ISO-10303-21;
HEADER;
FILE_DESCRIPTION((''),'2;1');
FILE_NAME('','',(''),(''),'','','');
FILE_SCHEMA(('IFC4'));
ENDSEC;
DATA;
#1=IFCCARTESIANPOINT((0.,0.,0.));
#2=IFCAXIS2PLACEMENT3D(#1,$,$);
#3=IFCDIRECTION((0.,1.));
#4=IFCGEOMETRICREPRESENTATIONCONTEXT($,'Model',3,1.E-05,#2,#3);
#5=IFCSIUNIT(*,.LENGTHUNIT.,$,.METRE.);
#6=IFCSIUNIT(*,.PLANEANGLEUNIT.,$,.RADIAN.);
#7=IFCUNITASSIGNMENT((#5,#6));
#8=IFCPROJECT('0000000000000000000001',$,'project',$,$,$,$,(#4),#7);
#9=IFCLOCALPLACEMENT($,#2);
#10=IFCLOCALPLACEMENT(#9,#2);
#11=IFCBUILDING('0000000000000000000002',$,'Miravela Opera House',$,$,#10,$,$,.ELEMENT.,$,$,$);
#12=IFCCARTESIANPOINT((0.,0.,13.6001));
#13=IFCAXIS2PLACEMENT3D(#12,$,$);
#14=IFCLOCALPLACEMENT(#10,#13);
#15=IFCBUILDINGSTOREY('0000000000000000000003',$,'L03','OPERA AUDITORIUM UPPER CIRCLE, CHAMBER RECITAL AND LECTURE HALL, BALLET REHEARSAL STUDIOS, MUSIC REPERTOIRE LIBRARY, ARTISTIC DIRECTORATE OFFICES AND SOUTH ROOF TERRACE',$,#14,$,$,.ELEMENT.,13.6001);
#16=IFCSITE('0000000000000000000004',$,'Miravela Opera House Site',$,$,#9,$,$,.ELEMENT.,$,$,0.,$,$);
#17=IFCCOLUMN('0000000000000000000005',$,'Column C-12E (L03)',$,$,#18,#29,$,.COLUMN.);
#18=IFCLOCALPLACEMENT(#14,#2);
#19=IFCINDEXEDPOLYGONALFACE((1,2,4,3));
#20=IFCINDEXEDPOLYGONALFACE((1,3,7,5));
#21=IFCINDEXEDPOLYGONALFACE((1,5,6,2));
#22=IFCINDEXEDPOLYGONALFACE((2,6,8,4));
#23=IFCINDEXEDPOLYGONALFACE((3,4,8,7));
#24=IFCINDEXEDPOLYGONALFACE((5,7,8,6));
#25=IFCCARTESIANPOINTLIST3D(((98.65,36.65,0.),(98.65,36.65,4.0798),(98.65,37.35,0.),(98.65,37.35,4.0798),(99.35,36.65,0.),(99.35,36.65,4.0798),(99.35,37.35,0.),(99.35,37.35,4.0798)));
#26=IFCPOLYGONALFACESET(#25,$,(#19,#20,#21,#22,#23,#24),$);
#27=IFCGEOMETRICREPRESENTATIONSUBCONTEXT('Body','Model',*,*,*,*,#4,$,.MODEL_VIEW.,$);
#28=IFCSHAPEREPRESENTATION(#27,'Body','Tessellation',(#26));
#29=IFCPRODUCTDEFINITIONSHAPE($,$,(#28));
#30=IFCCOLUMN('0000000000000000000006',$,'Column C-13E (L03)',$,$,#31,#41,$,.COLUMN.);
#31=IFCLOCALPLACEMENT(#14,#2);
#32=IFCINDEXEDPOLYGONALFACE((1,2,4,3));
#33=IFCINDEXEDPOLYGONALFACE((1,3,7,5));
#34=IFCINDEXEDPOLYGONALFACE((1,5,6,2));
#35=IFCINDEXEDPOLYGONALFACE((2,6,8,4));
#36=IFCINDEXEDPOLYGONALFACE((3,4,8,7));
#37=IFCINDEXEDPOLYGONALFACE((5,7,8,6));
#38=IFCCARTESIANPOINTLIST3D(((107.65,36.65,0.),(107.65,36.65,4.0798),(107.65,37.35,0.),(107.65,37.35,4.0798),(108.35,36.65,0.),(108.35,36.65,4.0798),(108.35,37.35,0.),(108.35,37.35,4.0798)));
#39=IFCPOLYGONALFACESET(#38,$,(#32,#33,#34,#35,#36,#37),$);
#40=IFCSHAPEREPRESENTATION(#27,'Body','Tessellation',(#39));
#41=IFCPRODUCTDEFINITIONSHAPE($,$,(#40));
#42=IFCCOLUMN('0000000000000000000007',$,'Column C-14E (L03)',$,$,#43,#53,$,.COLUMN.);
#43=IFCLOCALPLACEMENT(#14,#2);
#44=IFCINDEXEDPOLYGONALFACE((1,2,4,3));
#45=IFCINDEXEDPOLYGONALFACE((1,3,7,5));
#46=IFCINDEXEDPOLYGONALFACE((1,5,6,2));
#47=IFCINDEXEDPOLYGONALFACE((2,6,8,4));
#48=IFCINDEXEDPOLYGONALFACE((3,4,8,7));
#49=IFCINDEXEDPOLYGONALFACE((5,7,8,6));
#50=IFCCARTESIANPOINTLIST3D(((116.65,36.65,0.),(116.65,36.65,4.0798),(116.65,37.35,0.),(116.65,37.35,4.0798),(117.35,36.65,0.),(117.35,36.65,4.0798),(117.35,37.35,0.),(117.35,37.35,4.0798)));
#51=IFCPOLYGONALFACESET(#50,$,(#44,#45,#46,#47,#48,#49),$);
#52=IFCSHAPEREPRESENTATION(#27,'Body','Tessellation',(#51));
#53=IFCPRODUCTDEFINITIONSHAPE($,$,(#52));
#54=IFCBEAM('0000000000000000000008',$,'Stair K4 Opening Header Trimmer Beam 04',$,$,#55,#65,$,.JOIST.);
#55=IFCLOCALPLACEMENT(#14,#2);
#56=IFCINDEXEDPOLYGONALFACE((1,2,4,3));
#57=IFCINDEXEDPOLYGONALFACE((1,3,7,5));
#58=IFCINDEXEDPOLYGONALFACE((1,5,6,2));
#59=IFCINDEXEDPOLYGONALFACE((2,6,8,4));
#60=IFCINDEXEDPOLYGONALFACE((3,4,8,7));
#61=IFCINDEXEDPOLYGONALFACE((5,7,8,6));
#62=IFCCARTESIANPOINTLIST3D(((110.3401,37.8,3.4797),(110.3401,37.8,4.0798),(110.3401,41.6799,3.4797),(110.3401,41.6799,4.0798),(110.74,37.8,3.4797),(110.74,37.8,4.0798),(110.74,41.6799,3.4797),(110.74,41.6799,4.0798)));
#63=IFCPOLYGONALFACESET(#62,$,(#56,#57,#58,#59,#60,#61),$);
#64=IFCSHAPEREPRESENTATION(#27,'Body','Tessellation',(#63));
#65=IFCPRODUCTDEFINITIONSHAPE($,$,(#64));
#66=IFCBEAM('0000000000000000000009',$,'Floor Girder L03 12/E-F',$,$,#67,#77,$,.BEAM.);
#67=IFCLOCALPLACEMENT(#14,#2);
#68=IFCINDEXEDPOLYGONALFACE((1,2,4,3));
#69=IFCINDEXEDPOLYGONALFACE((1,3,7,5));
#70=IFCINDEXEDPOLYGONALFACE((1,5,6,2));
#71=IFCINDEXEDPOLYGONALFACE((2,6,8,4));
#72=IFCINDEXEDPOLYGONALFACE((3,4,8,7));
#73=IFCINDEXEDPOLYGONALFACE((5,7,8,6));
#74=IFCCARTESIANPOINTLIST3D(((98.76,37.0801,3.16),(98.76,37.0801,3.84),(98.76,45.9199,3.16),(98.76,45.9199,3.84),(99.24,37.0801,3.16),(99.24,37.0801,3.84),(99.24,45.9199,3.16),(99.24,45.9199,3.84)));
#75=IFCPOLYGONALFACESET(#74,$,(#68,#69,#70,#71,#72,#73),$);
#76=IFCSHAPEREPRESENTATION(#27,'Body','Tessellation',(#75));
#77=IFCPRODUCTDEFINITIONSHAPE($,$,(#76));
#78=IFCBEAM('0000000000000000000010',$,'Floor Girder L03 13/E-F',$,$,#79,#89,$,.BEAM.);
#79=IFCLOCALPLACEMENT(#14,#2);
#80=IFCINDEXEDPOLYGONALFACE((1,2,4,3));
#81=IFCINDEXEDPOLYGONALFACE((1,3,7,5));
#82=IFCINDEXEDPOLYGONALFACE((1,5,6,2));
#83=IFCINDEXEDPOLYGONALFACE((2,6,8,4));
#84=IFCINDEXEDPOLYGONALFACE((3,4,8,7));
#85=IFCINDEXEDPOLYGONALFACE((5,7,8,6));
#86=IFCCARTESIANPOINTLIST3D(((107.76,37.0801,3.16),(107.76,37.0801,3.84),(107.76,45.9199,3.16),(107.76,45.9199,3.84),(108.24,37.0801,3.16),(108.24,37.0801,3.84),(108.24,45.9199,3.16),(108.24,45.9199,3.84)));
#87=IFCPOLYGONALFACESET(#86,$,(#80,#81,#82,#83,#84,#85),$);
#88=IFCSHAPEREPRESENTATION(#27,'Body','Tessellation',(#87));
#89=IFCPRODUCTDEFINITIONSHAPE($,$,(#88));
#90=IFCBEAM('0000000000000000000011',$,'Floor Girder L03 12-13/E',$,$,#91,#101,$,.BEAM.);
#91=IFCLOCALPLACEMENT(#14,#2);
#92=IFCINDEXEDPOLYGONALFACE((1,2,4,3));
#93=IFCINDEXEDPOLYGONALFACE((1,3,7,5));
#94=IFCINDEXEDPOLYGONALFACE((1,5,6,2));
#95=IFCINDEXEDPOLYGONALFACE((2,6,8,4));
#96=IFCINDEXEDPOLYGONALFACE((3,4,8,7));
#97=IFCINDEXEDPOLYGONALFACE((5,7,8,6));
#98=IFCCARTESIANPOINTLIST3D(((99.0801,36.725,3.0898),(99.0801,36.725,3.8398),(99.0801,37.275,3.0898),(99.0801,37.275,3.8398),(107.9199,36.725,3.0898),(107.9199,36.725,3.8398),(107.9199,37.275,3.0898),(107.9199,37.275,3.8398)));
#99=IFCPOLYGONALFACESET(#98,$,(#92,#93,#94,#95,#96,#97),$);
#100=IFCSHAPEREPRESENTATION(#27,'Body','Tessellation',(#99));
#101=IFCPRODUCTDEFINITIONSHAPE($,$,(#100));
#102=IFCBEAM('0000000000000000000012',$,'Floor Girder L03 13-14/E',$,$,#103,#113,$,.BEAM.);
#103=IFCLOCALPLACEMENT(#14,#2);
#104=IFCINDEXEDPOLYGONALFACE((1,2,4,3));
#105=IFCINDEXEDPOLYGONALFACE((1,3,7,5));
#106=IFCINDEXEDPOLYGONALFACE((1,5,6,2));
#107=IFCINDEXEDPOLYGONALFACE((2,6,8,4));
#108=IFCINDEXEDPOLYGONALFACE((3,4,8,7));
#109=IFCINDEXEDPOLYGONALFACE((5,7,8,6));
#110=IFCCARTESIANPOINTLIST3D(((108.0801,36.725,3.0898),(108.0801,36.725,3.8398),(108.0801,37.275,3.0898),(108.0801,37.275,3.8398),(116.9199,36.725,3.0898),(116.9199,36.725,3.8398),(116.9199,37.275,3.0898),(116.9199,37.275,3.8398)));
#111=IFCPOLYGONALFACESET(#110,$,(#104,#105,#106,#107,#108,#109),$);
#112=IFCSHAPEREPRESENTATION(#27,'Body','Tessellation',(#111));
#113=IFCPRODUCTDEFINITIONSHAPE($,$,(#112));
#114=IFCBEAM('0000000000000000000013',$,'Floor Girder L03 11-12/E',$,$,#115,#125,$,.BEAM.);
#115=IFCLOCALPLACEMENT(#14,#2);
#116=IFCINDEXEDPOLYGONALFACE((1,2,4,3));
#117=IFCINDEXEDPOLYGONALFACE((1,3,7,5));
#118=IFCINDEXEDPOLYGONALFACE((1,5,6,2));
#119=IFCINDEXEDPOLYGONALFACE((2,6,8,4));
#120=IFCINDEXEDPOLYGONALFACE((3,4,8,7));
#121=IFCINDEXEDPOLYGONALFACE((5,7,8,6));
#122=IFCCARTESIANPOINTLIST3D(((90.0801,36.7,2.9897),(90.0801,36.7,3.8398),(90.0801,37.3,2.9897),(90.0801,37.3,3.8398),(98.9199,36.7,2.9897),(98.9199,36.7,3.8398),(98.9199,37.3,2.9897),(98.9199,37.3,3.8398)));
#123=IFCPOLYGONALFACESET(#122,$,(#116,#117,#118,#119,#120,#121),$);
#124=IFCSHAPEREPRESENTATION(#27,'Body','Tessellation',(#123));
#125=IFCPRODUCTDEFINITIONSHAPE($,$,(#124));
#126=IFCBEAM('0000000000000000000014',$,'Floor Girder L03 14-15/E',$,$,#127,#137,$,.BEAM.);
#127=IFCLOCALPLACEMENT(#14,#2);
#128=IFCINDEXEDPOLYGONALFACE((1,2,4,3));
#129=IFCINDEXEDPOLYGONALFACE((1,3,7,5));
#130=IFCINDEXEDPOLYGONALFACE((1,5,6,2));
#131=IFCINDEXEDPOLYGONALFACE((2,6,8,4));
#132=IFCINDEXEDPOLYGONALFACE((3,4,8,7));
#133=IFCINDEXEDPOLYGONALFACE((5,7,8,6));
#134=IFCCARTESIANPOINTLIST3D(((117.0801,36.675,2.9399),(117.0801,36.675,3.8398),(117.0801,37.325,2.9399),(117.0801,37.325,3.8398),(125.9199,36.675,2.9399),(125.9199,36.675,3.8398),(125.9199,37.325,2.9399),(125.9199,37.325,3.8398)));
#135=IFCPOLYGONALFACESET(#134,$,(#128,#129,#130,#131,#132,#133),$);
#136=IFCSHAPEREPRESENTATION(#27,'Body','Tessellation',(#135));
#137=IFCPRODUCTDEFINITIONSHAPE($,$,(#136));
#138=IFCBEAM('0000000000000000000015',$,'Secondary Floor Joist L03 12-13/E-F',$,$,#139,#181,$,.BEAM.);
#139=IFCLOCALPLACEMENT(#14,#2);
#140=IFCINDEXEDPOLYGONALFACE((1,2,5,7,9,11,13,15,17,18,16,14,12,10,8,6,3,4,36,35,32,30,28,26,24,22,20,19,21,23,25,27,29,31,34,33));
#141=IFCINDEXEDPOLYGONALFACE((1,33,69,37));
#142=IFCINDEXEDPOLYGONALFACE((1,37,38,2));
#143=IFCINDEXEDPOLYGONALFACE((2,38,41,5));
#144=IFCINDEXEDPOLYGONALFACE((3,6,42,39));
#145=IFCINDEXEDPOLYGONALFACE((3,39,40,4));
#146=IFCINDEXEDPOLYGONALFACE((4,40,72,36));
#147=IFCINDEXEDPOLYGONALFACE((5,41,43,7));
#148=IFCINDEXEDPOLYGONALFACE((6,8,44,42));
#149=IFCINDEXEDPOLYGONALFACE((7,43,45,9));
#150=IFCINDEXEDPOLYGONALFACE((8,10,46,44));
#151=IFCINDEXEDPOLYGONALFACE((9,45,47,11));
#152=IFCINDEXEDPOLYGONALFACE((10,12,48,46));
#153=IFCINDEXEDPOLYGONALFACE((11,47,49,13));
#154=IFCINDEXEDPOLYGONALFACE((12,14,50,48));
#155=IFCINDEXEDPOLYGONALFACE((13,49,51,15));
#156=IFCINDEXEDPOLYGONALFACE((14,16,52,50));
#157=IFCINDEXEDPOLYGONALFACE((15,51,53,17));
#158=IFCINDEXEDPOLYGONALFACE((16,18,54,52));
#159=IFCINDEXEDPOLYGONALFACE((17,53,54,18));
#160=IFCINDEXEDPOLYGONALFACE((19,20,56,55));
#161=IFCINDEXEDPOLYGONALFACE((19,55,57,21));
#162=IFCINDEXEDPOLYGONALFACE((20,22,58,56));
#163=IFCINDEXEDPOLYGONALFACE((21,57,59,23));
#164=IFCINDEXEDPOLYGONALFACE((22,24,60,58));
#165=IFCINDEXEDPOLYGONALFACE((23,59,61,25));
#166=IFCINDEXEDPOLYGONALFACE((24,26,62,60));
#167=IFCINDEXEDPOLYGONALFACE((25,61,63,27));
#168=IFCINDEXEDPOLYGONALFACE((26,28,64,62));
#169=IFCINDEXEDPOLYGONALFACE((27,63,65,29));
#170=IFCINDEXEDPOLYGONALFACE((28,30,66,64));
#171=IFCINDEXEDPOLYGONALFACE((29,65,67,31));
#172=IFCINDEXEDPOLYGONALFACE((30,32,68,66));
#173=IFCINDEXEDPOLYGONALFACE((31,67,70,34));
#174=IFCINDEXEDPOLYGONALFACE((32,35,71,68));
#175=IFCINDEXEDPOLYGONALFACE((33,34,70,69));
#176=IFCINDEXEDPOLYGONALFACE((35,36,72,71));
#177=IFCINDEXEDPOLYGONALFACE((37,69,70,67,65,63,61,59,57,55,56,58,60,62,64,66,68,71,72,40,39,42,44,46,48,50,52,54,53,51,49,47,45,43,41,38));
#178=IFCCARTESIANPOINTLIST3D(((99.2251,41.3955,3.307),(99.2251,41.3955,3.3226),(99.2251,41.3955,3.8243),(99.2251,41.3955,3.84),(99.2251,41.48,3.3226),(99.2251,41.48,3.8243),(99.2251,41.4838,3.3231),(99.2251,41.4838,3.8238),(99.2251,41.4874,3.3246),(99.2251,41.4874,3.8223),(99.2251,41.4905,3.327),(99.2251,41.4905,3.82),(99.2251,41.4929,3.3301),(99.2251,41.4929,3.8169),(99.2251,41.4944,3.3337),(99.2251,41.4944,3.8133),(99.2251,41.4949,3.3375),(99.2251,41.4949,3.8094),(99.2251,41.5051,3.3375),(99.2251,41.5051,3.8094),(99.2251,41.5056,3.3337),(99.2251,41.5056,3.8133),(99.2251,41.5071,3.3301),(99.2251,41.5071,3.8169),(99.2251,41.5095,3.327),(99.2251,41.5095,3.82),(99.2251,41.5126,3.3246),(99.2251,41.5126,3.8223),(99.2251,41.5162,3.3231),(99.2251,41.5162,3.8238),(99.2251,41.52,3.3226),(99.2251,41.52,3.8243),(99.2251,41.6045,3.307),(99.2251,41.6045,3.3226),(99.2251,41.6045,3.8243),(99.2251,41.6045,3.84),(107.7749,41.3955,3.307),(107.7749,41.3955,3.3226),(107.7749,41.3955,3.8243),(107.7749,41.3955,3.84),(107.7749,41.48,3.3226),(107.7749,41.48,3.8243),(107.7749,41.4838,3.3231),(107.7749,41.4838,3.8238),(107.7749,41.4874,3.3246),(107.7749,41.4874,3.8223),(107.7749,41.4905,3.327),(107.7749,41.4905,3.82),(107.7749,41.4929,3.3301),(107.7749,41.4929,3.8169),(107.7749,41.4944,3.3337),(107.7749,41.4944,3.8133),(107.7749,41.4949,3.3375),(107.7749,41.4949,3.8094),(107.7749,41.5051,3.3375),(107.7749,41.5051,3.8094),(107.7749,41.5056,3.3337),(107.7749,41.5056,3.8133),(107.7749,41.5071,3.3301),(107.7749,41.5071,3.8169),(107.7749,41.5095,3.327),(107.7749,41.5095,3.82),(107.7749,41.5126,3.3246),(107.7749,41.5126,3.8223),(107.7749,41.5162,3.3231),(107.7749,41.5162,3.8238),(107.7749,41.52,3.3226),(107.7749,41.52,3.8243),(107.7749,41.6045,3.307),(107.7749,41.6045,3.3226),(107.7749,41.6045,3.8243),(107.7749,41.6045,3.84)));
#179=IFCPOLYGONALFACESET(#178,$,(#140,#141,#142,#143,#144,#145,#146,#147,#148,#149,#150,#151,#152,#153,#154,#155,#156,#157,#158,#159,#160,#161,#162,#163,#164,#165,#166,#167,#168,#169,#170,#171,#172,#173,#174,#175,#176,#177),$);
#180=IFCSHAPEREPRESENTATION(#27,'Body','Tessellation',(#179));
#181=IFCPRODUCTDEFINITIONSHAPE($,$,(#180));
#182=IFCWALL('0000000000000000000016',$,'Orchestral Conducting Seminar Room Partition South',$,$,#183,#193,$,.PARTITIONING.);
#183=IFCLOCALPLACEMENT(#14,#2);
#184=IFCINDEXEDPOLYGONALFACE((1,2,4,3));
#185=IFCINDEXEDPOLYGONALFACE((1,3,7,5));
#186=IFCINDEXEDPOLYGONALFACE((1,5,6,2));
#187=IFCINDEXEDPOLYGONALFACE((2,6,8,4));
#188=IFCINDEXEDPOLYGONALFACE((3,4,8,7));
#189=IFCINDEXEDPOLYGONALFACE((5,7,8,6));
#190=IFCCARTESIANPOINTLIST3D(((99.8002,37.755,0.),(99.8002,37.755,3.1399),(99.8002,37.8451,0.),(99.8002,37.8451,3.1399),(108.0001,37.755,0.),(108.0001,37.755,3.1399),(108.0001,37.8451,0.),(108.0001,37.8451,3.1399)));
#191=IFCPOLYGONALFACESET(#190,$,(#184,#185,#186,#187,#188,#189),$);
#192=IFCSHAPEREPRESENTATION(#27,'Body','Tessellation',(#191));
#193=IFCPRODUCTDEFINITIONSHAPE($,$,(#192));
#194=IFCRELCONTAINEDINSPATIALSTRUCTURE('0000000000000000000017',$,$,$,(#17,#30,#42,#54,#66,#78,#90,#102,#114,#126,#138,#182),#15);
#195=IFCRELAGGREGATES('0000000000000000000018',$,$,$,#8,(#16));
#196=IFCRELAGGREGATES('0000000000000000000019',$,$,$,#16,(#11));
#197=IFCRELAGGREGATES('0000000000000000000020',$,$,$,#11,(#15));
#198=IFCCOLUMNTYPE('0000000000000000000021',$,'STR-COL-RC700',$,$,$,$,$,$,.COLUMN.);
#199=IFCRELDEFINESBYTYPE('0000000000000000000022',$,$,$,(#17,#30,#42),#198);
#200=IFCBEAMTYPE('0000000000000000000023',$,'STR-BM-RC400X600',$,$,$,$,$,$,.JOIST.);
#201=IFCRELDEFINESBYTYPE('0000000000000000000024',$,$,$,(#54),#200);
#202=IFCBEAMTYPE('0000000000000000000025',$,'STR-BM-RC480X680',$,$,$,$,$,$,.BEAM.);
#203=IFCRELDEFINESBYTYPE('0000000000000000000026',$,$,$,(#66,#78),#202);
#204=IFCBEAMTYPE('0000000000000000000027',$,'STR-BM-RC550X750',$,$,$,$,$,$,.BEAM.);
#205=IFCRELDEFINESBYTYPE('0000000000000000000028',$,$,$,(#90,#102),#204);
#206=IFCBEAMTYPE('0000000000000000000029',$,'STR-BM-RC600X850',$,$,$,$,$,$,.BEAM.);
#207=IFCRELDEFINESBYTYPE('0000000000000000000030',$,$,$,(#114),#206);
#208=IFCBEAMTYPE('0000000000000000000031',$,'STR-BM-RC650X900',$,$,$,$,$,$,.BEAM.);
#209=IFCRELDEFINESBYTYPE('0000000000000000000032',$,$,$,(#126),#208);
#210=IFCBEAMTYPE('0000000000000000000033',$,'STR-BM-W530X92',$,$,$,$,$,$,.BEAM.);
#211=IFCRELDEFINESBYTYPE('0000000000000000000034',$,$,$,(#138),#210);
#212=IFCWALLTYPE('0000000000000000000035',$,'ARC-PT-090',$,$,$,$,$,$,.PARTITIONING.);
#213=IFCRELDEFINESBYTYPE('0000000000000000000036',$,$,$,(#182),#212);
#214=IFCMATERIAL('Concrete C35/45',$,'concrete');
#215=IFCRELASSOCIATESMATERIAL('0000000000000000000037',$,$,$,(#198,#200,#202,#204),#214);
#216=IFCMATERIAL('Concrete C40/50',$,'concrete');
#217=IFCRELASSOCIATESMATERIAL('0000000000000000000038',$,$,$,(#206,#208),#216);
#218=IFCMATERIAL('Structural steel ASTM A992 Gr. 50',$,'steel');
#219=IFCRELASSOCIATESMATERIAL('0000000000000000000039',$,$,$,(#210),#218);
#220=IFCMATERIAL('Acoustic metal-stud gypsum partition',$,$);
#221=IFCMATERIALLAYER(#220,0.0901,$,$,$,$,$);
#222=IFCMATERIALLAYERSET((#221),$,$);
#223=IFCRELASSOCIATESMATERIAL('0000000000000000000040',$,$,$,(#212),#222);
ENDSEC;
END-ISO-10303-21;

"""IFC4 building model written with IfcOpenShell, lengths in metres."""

from ifc_helpers import new_model, si_unit, direction, frame, frame_2d, origin, origin_2d, place, context, subcontext, project, spatial, rectangle, i_section, extrude, material, layer, layer_set, material_profile, profile_set, type_object, element, save


model = new_model("IFC4")

# Units and contexts
model_context = context("Model", 3, precision=1e-05, world=origin(), true_north=direction((0.0, 1.0)))
body_context = subcontext(model_context, "Body", "Model", "MODEL_VIEW")
ifc_project = project(units=[si_unit("LENGTHUNIT", "METRE"), si_unit("PLANEANGLEUNIT", "RADIAN")], contexts=[model_context])

# Site, building, storey
site_placement = place(None, origin())
site = spatial("IfcSite", under=ifc_project, at=site_placement, Name="Miravela Opera House Site", CompositionType="ELEMENT", RefElevation=0.0)
building_placement = place(site_placement, origin())
building = spatial("IfcBuilding", under=site, at=building_placement, Name="Miravela Opera House", CompositionType="ELEMENT")
storey_placement = place(building_placement, frame((0.0, 0.0, 13.6001)))
storey = spatial("IfcBuildingStorey", under=building, at=storey_placement, Name="L03", Description="OPERA AUDITORIUM UPPER CIRCLE, CHAMBER RECITAL AND LECTURE HALL, BALLET REHEARSAL STUDIOS, MUSIC REPERTOIRE LIBRARY, ARTISTIC DIRECTORATE OFFICES AND SOUTH ROOF TERRACE", CompositionType="ELEMENT", Elevation=13.6001)

# Columns
ifc_material_1 = material(Name="Concrete C35/45", Category="concrete")
ifc_material_profile_1 = material_profile(ifc_material_1, rectangle(XDim=0.7, YDim=0.7, at=origin_2d()), Name="RC-COL-700X700")
ifc_profile_set_1 = profile_set([ifc_material_profile_1])
column_type_1 = type_object("IfcColumnType", Name="STR-COL-RC700", PredefinedType="COLUMN", material=ifc_profile_set_1)
for number, where, z_axis, x_axis, name in (
    (1, (99.0, 37.0, 0.0), (0.0, 0.0, 1.0), (1.0, 0.0, 0.0), "Column C-12E (L03)"),
    (2, (108.0, 37.0, 0.0), (0.0, 0.0, 1.0), (1.0, 0.0, 0.0), "Column C-13E (L03)"),
    (3, (117.0, 37.0, 0.0), (0.0, 0.0, 1.0), (1.0, 0.0, 0.0), "Column C-14E (L03)"),
):
    element("IfcColumn", number, at=place(storey_placement, frame(where, z_axis=z_axis, x_axis=x_axis)), inside=storey, type_object=column_type_1, Name=name, PredefinedType="COLUMN", context=body_context, shape_type="SweptSolid", body=[
        extrude(rectangle(XDim=0.7, YDim=0.7, at=origin_2d()), origin(), (0.0, 0.0, 1.0), 4.0798),
    ])

# Beams
ifc_material_profile_2 = material_profile(ifc_material_1, rectangle(XDim=0.3999, YDim=0.6001, at=origin_2d()), Name="RC-BM-400X600")
ifc_profile_set_2 = profile_set([ifc_material_profile_2])
beam_type_1 = type_object("IfcBeamType", Name="STR-BM-RC400X600", PredefinedType="JOIST", material=ifc_profile_set_2)
beam_1_placement = place(storey_placement, frame((110.54, 37.8, 3.7798), z_axis=(0.0, 1.0, 0.0), x_axis=(-1.0, 0.0, 0.0)))
element("IfcBeam", 4, at=beam_1_placement, inside=storey, type_object=beam_type_1, Name="Stair K4 Opening Header Trimmer Beam 04", PredefinedType="JOIST", context=body_context, shape_type="SweptSolid", body=[
    extrude(rectangle(XDim=0.3999, YDim=0.6001, at=origin_2d()), origin(), (0.0, 0.0, 1.0), 3.8799),
])
ifc_material_profile_3 = material_profile(ifc_material_1, rectangle(XDim=0.48, YDim=0.6799, at=origin_2d()), Name="RC-BM-480X680")
ifc_profile_set_3 = profile_set([ifc_material_profile_3])
beam_type_2 = type_object("IfcBeamType", Name="STR-BM-RC480X680", PredefinedType="BEAM", material=ifc_profile_set_3)
for number, where, z_axis, x_axis, name in (
    (5, (99.0, 37.0801, 3.5), (0.0, 1.0, 0.0), (-1.0, 0.0, 0.0), "Floor Girder L03 12/E-F"),
    (6, (108.0, 37.0801, 3.5), (0.0, 1.0, 0.0), (-1.0, 0.0, 0.0), "Floor Girder L03 13/E-F"),
):
    element("IfcBeam", number, at=place(storey_placement, frame(where, z_axis=z_axis, x_axis=x_axis)), inside=storey, type_object=beam_type_2, Name=name, PredefinedType="BEAM", context=body_context, shape_type="SweptSolid", body=[
        extrude(rectangle(XDim=0.48, YDim=0.6799, at=origin_2d()), origin(), (0.0, 0.0, 1.0), 8.8398),
    ])
ifc_material_profile_4 = material_profile(ifc_material_1, rectangle(XDim=0.55, YDim=0.75, at=origin_2d()), Name="RC-BM-550X750")
ifc_profile_set_4 = profile_set([ifc_material_profile_4])
beam_type_3 = type_object("IfcBeamType", Name="STR-BM-RC550X750", PredefinedType="BEAM", material=ifc_profile_set_4)
for number, where, z_axis, x_axis, name in (
    (7, (99.0801, 37.0, 3.4648), (1.0, 0.0, 0.0), (0.0, 1.0, 0.0), "Floor Girder L03 12-13/E"),
    (8, (108.0801, 37.0, 3.4648), (1.0, 0.0, 0.0), (0.0, 1.0, 0.0), "Floor Girder L03 13-14/E"),
):
    element("IfcBeam", number, at=place(storey_placement, frame(where, z_axis=z_axis, x_axis=x_axis)), inside=storey, type_object=beam_type_3, Name=name, PredefinedType="BEAM", context=body_context, shape_type="SweptSolid", body=[
        extrude(rectangle(XDim=0.55, YDim=0.75, at=origin_2d()), origin(), (0.0, 0.0, 1.0), 8.8398),
    ])
ifc_material_2 = material(Name="Concrete C40/50", Category="concrete")
ifc_material_profile_5 = material_profile(ifc_material_2, rectangle(XDim=0.6001, YDim=0.8501, at=origin_2d()), Name="RC-BM-600X850")
ifc_profile_set_5 = profile_set([ifc_material_profile_5])
beam_type_4 = type_object("IfcBeamType", Name="STR-BM-RC600X850", PredefinedType="BEAM", material=ifc_profile_set_5)
beam_2_placement = place(storey_placement, frame((90.0801, 37.0, 3.4148), z_axis=(1.0, 0.0, 0.0), x_axis=(0.0, 1.0, 0.0)))
element("IfcBeam", 9, at=beam_2_placement, inside=storey, type_object=beam_type_4, Name="Floor Girder L03 11-12/E", PredefinedType="BEAM", context=body_context, shape_type="SweptSolid", body=[
    extrude(rectangle(XDim=0.6001, YDim=0.8501, at=origin_2d()), origin(), (0.0, 0.0, 1.0), 8.8398),
])
ifc_material_profile_6 = material_profile(ifc_material_2, rectangle(XDim=0.6499, YDim=0.8999, at=origin_2d()), Name="RC-BM-650X900")
ifc_profile_set_6 = profile_set([ifc_material_profile_6])
beam_type_5 = type_object("IfcBeamType", Name="STR-BM-RC650X900", PredefinedType="BEAM", material=ifc_profile_set_6)
beam_3_placement = place(storey_placement, frame((117.0801, 37.0, 3.3899), z_axis=(1.0, 0.0, 0.0), x_axis=(0.0, 1.0, 0.0)))
element("IfcBeam", 10, at=beam_3_placement, inside=storey, type_object=beam_type_5, Name="Floor Girder L03 14-15/E", PredefinedType="BEAM", context=body_context, shape_type="SweptSolid", body=[
    extrude(rectangle(XDim=0.6499, YDim=0.8999, at=origin_2d()), origin(), (0.0, 0.0, 1.0), 8.8398),
])
ifc_material_3 = material(Name="Structural steel ASTM A992 Gr. 50", Category="steel")
ifc_material_profile_7 = material_profile(ifc_material_3, i_section(OverallWidth=0.209, OverallDepth=0.533, WebThickness=0.0103, FlangeThickness=0.0156, FilletRadius=0.0149, at=origin_2d()), Name="W530X92")
ifc_profile_set_7 = profile_set([ifc_material_profile_7])
beam_type_6 = type_object("IfcBeamType", Name="STR-BM-W530X92", PredefinedType="BEAM", material=ifc_profile_set_7)
beam_4_placement = place(storey_placement, frame((99.2251, 41.5, 3.5735), z_axis=(1.0, 0.0, 0.0), x_axis=(0.0, 1.0, 0.0)))
element("IfcBeam", 11, at=beam_4_placement, inside=storey, type_object=beam_type_6, Name="Secondary Floor Joist L03 12-13/E-F", PredefinedType="BEAM", context=body_context, shape_type="SweptSolid", body=[
    extrude(i_section(OverallWidth=0.209, OverallDepth=0.533, WebThickness=0.0103, FlangeThickness=0.0156, FilletRadius=0.0149, at=origin_2d()), origin(), (0.0, 0.0, 1.0), 8.5498),
])

# Wall
ifc_material_4 = material(Name="Acoustic metal-stud gypsum partition")
ifc_layer_1 = layer(ifc_material_4, 0.0901)
ifc_layer_set_1 = layer_set([ifc_layer_1])
wall_type_1 = type_object("IfcWallType", Name="ARC-PT-090", PredefinedType="PARTITIONING", material=ifc_layer_set_1)
wall_1_placement = place(storey_placement, frame((99.8, 37.8, 0.0), z_axis=(0.0, 0.0, 1.0), x_axis=(1.0, 0.0, 0.0)))
element("IfcWall", 12, at=wall_1_placement, inside=storey, type_object=wall_type_1, Name="Orchestral Conducting Seminar Room Partition South", PredefinedType="PARTITIONING", context=body_context, shape_type="SweptSolid", body=[
    extrude(rectangle(XDim=8.2, YDim=0.0901, at=frame_2d((4.1001, 0.0))), origin(), (0.0, 0.0, 1.0), 3.1399),
])

save(model, "model.ifc")
